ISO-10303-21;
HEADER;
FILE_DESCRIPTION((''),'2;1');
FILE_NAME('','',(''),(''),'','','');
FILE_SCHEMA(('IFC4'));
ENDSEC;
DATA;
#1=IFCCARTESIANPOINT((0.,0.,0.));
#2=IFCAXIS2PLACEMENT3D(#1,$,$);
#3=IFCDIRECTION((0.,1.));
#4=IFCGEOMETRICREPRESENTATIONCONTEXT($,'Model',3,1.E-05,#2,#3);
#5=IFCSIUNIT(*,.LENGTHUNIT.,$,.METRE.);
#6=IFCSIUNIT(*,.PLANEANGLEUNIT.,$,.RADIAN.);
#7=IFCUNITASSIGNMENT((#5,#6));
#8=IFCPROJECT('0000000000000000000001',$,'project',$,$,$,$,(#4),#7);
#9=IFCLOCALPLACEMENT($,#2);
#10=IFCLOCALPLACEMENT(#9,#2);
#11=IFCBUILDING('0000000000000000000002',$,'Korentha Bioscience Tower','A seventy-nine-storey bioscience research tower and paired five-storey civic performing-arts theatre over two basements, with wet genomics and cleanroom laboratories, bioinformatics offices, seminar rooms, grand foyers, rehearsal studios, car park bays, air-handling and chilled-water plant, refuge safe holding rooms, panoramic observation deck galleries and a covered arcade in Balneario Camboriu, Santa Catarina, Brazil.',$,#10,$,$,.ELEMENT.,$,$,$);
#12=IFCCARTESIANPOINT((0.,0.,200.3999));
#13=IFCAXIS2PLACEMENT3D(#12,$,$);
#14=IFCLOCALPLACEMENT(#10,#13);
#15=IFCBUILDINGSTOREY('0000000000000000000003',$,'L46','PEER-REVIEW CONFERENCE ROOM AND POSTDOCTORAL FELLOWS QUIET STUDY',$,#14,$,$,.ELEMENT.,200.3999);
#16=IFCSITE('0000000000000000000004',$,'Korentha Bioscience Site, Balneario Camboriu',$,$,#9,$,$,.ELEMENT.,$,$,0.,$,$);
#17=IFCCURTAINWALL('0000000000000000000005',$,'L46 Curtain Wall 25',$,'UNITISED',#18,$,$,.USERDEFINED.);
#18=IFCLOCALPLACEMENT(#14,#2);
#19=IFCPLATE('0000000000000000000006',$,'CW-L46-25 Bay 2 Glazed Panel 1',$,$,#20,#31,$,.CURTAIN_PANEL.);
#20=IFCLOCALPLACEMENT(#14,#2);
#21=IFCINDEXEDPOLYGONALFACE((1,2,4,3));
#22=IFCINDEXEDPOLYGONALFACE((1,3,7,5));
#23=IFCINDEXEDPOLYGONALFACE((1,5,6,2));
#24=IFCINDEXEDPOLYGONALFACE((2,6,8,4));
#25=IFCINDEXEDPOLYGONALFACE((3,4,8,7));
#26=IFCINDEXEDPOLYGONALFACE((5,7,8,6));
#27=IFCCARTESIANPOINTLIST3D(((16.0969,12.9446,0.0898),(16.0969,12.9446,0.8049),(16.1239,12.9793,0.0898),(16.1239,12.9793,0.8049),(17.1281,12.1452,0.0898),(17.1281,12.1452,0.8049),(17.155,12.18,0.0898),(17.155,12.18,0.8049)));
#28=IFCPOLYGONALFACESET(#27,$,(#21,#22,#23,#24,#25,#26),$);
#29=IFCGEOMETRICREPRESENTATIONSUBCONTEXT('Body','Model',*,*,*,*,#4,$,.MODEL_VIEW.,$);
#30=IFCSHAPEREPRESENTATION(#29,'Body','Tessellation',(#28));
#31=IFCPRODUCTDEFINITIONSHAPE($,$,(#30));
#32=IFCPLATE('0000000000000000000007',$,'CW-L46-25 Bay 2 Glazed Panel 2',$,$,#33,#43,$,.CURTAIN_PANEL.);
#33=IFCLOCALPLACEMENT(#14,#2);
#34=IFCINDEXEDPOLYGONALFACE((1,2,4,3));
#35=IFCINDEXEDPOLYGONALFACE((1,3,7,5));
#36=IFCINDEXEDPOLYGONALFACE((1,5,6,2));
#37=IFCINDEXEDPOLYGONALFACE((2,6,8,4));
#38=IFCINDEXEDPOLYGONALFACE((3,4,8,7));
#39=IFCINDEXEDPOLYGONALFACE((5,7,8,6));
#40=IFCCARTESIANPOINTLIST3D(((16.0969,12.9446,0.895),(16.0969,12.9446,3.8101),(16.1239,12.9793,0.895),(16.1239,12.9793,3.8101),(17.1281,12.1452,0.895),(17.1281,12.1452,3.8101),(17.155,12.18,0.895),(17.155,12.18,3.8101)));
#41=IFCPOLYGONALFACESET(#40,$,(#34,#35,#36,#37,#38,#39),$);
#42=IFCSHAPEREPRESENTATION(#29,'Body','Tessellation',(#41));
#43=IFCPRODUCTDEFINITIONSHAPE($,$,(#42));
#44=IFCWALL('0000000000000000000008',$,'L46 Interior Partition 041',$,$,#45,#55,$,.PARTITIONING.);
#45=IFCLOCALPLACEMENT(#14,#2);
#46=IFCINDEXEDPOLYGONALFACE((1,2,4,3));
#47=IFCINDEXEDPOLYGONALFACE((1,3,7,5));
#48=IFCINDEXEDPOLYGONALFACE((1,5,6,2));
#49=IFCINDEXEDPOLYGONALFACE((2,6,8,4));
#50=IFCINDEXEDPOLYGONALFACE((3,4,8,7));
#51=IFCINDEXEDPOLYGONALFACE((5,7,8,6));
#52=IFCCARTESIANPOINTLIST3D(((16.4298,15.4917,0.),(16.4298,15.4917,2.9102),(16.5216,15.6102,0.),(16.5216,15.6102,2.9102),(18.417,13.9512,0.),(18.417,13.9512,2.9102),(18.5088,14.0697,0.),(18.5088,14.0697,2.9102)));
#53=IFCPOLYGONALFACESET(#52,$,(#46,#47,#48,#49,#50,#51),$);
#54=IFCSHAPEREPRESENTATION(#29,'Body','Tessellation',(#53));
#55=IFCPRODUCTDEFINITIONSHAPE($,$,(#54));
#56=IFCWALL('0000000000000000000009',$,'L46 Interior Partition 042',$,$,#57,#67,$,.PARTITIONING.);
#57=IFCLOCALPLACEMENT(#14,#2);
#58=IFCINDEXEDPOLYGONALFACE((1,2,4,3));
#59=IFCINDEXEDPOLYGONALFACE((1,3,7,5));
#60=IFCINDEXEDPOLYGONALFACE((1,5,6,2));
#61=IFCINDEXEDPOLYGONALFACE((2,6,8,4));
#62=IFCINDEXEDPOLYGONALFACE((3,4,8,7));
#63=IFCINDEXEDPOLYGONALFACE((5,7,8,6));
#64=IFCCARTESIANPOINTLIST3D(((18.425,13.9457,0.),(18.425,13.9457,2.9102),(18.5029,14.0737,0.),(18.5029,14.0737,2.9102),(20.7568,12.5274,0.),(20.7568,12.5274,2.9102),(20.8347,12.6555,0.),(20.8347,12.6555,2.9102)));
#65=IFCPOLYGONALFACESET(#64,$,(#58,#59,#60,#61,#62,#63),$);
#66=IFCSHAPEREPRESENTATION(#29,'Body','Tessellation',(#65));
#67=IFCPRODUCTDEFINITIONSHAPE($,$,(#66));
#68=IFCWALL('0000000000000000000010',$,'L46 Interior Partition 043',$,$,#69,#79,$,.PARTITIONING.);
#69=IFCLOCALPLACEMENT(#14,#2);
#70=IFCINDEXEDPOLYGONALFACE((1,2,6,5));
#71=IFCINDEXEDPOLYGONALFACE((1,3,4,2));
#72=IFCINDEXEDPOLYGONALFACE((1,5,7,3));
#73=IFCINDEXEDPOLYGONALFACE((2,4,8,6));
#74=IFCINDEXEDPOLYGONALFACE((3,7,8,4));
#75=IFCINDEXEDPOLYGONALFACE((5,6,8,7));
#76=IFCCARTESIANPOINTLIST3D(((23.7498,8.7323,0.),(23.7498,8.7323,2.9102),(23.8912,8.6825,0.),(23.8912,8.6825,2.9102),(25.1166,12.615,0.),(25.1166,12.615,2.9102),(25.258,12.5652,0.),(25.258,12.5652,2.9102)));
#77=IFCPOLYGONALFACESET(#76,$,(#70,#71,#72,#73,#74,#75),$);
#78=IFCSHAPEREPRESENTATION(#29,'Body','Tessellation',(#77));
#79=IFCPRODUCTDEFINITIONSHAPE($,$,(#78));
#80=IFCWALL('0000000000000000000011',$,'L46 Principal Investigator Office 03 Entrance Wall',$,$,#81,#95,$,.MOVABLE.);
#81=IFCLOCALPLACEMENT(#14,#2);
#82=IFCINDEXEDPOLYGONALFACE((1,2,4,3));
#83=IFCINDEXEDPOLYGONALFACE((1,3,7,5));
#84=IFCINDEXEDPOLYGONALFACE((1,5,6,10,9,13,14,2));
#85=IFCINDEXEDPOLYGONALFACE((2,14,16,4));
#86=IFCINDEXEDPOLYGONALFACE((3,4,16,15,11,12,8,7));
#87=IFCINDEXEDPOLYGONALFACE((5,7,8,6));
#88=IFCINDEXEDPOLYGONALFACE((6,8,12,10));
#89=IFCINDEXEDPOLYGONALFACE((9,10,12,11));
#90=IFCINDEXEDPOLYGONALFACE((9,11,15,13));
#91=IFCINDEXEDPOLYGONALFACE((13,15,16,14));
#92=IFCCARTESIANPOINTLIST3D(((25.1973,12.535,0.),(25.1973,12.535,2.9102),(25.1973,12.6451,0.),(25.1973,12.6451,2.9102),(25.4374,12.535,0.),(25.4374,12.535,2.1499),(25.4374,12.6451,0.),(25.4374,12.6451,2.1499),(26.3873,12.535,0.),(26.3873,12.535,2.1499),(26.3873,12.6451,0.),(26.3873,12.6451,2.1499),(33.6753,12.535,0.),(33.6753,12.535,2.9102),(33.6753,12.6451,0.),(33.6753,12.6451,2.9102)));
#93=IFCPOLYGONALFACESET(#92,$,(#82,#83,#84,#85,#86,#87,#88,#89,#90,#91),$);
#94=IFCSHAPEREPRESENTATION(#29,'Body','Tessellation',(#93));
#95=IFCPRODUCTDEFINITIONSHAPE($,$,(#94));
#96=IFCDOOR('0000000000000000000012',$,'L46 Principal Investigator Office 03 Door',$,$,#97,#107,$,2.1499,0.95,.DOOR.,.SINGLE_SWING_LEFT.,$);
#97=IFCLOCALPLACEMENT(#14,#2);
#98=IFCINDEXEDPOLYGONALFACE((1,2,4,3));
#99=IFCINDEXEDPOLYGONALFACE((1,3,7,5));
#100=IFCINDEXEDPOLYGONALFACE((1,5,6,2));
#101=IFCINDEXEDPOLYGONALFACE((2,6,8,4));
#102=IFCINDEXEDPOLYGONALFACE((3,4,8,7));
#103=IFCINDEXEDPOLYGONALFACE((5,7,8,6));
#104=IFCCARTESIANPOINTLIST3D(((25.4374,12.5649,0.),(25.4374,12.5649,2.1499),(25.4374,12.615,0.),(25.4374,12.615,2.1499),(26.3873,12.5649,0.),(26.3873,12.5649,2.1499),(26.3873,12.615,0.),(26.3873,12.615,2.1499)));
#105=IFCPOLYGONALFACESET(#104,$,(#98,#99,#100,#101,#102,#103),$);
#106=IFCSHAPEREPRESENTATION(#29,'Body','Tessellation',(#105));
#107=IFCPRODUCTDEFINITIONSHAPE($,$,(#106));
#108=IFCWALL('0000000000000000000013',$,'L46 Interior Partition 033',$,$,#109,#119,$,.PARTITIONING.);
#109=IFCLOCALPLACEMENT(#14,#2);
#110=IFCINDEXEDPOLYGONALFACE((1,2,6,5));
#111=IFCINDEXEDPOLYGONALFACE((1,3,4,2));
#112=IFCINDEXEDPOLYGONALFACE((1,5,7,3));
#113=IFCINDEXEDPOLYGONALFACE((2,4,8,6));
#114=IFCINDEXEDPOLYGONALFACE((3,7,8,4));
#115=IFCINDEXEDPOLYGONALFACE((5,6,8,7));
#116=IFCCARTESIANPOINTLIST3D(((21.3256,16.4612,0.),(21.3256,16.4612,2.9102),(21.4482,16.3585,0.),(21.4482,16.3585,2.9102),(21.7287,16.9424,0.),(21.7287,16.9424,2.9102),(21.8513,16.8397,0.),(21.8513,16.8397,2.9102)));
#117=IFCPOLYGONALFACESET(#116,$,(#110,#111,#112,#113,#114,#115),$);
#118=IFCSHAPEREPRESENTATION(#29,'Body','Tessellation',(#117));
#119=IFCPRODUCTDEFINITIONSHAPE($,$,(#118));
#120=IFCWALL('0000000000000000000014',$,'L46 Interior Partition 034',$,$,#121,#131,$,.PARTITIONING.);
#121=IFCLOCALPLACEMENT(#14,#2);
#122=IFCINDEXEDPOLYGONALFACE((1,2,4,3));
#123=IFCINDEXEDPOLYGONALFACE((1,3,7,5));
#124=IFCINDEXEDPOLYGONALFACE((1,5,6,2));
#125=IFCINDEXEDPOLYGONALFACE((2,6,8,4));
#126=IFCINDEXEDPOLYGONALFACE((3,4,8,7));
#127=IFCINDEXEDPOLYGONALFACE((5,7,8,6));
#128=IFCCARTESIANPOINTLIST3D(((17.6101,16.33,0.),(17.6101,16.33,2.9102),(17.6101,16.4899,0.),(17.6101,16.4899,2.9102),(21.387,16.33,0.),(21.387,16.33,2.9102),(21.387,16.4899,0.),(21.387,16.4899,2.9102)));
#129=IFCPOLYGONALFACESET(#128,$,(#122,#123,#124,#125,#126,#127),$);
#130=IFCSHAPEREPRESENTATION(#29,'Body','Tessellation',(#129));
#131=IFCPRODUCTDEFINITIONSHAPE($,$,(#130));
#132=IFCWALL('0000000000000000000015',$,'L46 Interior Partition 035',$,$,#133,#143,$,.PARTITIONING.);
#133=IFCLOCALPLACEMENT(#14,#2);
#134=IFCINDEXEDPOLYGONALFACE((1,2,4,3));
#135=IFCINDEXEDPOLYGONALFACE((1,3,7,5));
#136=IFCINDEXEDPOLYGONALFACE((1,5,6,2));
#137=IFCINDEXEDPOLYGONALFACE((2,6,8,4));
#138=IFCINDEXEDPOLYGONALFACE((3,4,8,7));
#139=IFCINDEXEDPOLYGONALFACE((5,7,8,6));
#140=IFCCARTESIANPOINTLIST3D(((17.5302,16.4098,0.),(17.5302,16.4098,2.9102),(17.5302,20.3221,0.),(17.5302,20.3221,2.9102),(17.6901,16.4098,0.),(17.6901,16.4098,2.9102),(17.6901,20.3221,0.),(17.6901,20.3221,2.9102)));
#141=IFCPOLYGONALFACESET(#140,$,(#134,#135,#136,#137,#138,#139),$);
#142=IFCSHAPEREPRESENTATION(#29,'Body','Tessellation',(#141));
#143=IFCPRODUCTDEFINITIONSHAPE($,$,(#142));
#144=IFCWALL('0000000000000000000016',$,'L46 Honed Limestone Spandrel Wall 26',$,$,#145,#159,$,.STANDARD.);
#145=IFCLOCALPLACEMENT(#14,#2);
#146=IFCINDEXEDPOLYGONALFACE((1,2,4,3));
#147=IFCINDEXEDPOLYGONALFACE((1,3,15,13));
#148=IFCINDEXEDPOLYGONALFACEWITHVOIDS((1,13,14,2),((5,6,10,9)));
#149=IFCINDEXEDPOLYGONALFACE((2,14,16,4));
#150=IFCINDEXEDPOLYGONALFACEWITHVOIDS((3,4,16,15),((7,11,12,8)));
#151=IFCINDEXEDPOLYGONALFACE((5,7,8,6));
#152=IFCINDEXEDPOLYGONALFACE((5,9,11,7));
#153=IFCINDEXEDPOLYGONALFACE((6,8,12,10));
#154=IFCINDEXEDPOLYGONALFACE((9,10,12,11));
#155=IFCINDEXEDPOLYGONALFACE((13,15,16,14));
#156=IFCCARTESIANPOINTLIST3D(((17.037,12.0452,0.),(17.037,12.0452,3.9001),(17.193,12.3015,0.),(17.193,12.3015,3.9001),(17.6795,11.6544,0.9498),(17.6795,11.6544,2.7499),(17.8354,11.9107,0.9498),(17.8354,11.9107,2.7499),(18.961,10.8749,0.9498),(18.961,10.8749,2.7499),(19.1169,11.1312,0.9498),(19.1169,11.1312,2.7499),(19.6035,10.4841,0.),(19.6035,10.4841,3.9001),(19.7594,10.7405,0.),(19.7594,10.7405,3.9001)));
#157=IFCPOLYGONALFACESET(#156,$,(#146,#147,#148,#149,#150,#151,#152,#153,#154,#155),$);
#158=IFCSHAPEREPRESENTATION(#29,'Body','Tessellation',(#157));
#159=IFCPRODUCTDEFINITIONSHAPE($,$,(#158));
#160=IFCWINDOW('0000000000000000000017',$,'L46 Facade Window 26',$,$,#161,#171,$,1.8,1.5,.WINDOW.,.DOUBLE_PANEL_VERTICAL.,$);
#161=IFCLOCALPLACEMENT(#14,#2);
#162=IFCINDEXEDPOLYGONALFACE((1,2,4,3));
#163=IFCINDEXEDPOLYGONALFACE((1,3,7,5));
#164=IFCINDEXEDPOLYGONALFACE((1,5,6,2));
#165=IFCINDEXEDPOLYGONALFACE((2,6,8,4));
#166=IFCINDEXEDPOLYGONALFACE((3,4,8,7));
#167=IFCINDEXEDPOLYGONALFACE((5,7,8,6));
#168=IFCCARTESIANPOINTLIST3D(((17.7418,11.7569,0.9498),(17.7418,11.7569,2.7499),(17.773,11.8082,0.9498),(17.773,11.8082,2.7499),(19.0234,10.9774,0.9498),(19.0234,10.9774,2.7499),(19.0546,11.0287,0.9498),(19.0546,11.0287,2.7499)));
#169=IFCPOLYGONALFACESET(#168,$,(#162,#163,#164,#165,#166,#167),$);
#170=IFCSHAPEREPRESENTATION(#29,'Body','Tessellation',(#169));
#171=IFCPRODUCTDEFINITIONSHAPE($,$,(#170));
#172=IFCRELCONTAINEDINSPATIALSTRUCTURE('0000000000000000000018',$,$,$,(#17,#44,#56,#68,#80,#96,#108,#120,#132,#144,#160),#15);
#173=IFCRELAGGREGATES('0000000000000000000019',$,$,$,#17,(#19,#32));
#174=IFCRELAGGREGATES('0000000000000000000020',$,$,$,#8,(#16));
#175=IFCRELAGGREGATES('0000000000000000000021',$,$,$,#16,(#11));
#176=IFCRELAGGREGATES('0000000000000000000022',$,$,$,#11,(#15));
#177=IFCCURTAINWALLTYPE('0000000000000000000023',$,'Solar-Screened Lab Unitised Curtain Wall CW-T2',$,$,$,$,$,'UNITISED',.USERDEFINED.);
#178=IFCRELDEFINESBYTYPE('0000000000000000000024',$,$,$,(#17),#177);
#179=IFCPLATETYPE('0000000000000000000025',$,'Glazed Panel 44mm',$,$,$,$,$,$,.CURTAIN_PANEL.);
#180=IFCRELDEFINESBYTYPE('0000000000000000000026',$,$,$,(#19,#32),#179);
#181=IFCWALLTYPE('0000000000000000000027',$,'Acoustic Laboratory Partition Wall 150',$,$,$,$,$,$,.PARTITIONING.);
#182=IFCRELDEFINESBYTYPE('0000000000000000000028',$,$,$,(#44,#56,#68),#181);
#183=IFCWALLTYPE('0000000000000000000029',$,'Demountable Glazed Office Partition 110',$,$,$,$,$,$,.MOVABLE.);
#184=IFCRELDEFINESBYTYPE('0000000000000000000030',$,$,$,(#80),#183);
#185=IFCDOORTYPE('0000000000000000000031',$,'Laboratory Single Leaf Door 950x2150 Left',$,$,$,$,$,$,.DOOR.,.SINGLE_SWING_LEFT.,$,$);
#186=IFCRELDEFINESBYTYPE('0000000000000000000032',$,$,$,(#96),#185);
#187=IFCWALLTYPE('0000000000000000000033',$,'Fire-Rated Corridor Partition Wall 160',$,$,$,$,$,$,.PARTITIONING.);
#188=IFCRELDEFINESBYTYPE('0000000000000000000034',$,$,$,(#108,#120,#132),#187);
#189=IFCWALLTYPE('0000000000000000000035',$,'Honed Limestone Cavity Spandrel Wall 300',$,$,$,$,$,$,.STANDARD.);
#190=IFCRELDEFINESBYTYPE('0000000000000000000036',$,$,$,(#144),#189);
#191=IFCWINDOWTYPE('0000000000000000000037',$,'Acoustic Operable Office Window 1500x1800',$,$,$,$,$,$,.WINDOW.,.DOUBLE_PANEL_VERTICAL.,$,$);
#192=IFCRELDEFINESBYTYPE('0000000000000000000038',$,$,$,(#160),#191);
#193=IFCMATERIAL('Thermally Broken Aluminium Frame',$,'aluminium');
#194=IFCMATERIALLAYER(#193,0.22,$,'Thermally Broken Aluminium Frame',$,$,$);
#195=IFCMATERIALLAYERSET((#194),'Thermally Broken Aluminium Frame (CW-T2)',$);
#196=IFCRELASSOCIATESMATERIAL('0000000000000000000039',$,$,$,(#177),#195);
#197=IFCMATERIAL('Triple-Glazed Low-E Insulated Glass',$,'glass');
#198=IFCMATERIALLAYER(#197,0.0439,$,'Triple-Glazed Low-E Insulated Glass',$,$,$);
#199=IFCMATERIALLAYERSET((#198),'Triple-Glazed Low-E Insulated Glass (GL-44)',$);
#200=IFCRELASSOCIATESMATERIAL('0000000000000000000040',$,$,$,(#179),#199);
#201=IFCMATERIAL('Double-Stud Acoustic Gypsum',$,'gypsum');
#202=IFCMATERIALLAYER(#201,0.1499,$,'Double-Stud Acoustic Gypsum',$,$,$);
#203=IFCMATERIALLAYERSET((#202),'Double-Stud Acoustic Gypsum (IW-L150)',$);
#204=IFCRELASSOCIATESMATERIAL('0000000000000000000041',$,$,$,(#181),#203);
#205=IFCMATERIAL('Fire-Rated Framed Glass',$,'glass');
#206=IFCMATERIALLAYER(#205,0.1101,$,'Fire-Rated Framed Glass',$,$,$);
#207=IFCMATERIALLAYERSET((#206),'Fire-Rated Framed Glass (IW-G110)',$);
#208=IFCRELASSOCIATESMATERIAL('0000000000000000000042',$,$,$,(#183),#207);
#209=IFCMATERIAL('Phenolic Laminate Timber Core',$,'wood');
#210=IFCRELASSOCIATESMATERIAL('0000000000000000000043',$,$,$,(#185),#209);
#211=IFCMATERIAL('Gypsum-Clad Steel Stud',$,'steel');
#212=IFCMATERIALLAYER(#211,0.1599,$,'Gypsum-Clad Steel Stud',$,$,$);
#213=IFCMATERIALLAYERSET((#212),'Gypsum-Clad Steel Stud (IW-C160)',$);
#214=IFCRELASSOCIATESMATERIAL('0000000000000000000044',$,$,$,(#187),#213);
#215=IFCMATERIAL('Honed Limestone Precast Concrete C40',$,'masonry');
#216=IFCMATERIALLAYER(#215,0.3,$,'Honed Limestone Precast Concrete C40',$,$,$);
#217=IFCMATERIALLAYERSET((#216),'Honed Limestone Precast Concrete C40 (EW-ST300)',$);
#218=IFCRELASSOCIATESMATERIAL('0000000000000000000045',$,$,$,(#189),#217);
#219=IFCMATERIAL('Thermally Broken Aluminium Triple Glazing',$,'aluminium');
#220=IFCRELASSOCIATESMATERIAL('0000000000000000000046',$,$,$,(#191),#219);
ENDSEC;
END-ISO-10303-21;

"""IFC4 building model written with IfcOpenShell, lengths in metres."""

from ifc_helpers import new_model, si_unit, direction, frame, frame_2d, origin, origin_2d, place, context, subcontext, project, spatial, rectangle, extrude, material, layer, layer_set, type_object, element, fill, aggregate, save


model = new_model("IFC4")

# Units and contexts
model_context = context("Model", 3, precision=1e-05, world=origin(), true_north=direction((0.0, 1.0)))
body_context = subcontext(model_context, "Body", "Model", "MODEL_VIEW")
ifc_project = project(units=[si_unit("LENGTHUNIT", "METRE"), si_unit("PLANEANGLEUNIT", "RADIAN")], contexts=[model_context])

# Site, building, storey
site_placement = place(None, origin())
site = spatial("IfcSite", under=ifc_project, at=site_placement, Name="Korentha Bioscience Site, Balneario Camboriu", CompositionType="ELEMENT", RefElevation=0.0)
building_placement = place(site_placement, origin())
building = spatial("IfcBuilding", under=site, at=building_placement, Name="Korentha Bioscience Tower", Description="A seventy-nine-storey bioscience research tower and paired five-storey civic performing-arts theatre over two basements, with wet genomics and cleanroom laboratories, bioinformatics offices, seminar rooms, grand foyers, rehearsal studios, car park bays, air-handling and chilled-water plant, refuge safe holding rooms, panoramic observation deck galleries and a covered arcade in Balneario Camboriu, Santa Catarina, Brazil.", CompositionType="ELEMENT")
storey_placement = place(building_placement, frame((0.0, 0.0, 200.3999)))
storey = spatial("IfcBuildingStorey", under=building, at=storey_placement, Name="L46", Description="PEER-REVIEW CONFERENCE ROOM AND POSTDOCTORAL FELLOWS QUIET STUDY", CompositionType="ELEMENT", Elevation=200.3999)

# Curtain wall
ifc_material_1 = material(Name="Thermally Broken Aluminium Frame", Category="aluminium")
ifc_layer_1 = layer(ifc_material_1, 0.22, Name="Thermally Broken Aluminium Frame")
ifc_layer_set_1 = layer_set([ifc_layer_1], Name="Thermally Broken Aluminium Frame (CW-T2)")
curtain_wall_type = type_object("IfcCurtainWallType", Name="Solar-Screened Lab Unitised Curtain Wall CW-T2", ElementType="UNITISED", PredefinedType="USERDEFINED", material=ifc_layer_set_1)
curtain_wall_placement = place(storey_placement, origin())
curtain_wall = element("IfcCurtainWall", 1, at=curtain_wall_placement, inside=storey, type_object=curtain_wall_type, Name="L46 Curtain Wall 25", ObjectType="UNITISED", PredefinedType="USERDEFINED")

# Plates
ifc_material_2 = material(Name="Triple-Glazed Low-E Insulated Glass", Category="glass")
ifc_layer_2 = layer(ifc_material_2, 0.0439, Name="Triple-Glazed Low-E Insulated Glass")
ifc_layer_set_2 = layer_set([ifc_layer_2], Name="Triple-Glazed Low-E Insulated Glass (GL-44)")
plate_type = type_object("IfcPlateType", Name="Glazed Panel 44mm", PredefinedType="CURTAIN_PANEL", material=ifc_layer_set_2)
plate_1_placement = place(storey_placement, frame((16.626, 12.5623, 0.0898), z_axis=(0.0, 0.0, 1.0), x_axis=(0.790346, -0.612661, 0.0)))
plate_1 = element("IfcPlate", 2, at=plate_1_placement, type_object=plate_type, Name="CW-L46-25 Bay 2 Glazed Panel 1", PredefinedType="CURTAIN_PANEL", context=body_context, shape_type="SweptSolid", body=[
    extrude(rectangle(XDim=1.3047, YDim=0.0439, at=origin_2d()), origin(), (0.0, 0.0, 1.0), 0.7151),
])
plate_2_placement = place(storey_placement, frame((16.626, 12.5623, 0.895), z_axis=(0.0, 0.0, 1.0), x_axis=(0.790346, -0.612661, 0.0)))
plate_2 = element("IfcPlate", 3, at=plate_2_placement, type_object=plate_type, Name="CW-L46-25 Bay 2 Glazed Panel 2", PredefinedType="CURTAIN_PANEL", context=body_context, shape_type="SweptSolid", body=[
    extrude(rectangle(XDim=1.3047, YDim=0.0439, at=origin_2d()), origin(), (0.0, 0.0, 1.0), 2.915),
])
aggregate(curtain_wall, [plate_1, plate_2])

# Shared definitions
ifc_material_3 = material(Name="Double-Stud Acoustic Gypsum", Category="gypsum")
ifc_layer_3 = layer(ifc_material_3, 0.1499, Name="Double-Stud Acoustic Gypsum")
ifc_layer_set_3 = layer_set([ifc_layer_3], Name="Double-Stud Acoustic Gypsum (IW-L150)")
wall_type_1 = type_object("IfcWallType", Name="Acoustic Laboratory Partition Wall 150", PredefinedType="PARTITIONING", material=ifc_layer_set_3)
ifc_material_4 = material(Name="Phenolic Laminate Timber Core", Category="wood")

# Walls
wall_1_placement = place(storey_placement, frame((16.4756, 15.551, 0.0), z_axis=(0.0, 0.0, 1.0), x_axis=(0.790345, -0.612663, 0.0)))
element("IfcWall", 4, at=wall_1_placement, inside=storey, type_object=wall_type_1, Name="L46 Interior Partition 041", PredefinedType="PARTITIONING", context=body_context, shape_type="SweptSolid", body=[
    extrude(rectangle(XDim=2.5144, YDim=0.1499, at=frame_2d((1.2573, 0.0))), origin(), (0.0, 0.0, 1.0), 2.9102),
])
wall_2_placement = place(storey_placement, frame((18.4639, 14.0098, 0.0), z_axis=(0.0, 0.0, 1.0), x_axis=(0.854383, -0.519643, 0.0)))
element("IfcWall", 5, at=wall_2_placement, inside=storey, type_object=wall_type_1, Name="L46 Interior Partition 042", PredefinedType="PARTITIONING", context=body_context, shape_type="SweptSolid", body=[
    extrude(rectangle(XDim=2.7292, YDim=0.1499, at=frame_2d((1.3647, 0.0))), origin(), (0.0, 0.0, 1.0), 2.9102),
])
wall_3_placement = place(storey_placement, frame((25.1873, 12.5901, 0.0), z_axis=(0.0, 0.0, 1.0), x_axis=(-0.332038, -0.943266, 0.0)))
element("IfcWall", 6, at=wall_3_placement, inside=storey, type_object=wall_type_1, Name="L46 Interior Partition 043", PredefinedType="PARTITIONING", context=body_context, shape_type="SweptSolid", body=[
    extrude(rectangle(XDim=4.1162, YDim=0.1499, at=frame_2d((2.0581, 0.0))), origin(), (0.0, 0.0, 1.0), 2.9102),
])

# Wall, opening, door
ifc_material_5 = material(Name="Fire-Rated Framed Glass", Category="glass")
ifc_layer_4 = layer(ifc_material_5, 0.1101, Name="Fire-Rated Framed Glass")
ifc_layer_set_4 = layer_set([ifc_layer_4], Name="Fire-Rated Framed Glass (IW-G110)")
wall_type_2 = type_object("IfcWallType", Name="Demountable Glazed Office Partition 110", PredefinedType="MOVABLE", material=ifc_layer_set_4)
wall_4_placement = place(storey_placement, frame((25.1973, 12.5901, 0.0), z_axis=(0.0, 0.0, 1.0), x_axis=(1.0, 0.0, 0.0)))
wall_4 = element("IfcWall", 7, at=wall_4_placement, inside=storey, type_object=wall_type_2, Name="L46 Principal Investigator Office 03 Entrance Wall", PredefinedType="MOVABLE", context=body_context, shape_type="SweptSolid", body=[
    extrude(rectangle(XDim=8.478, YDim=0.1101, at=frame_2d((4.239, 0.0))), origin(), (0.0, 0.0, 1.0), 2.9102),
])
opening_1_placement = place(wall_4_placement, frame((0.24, 0.0, 0.0)))
opening_1 = element("IfcOpeningElement", 8, at=opening_1_placement, cuts=wall_4, PredefinedType="OPENING", context=body_context, shape_type="SweptSolid", body=[
    extrude(rectangle(XDim=0.95, YDim=2.1499, at=frame_2d((0.4751, 1.075))), frame((0.0, 0.0698, 0.0), z_axis=(0.0, -1.0, 0.0), x_axis=(1.0, 0.0, 0.0)), (0.0, 0.0, 1.0), 0.1399),
])
door_type_1 = type_object("IfcDoorType", Name="Laboratory Single Leaf Door 950x2150 Left", OperationType="SINGLE_SWING_LEFT", PredefinedType="DOOR", material=ifc_material_4)
door_1_placement = place(opening_1_placement, origin())
door_1 = element("IfcDoor", 9, at=door_1_placement, inside=storey, type_object=door_type_1, Name="L46 Principal Investigator Office 03 Door", OperationType="SINGLE_SWING_LEFT", OverallHeight=2.1499, OverallWidth=0.95, PredefinedType="DOOR", context=body_context, shape_type="SweptSolid", body=[
    extrude(rectangle(XDim=0.95, YDim=2.1499, at=frame_2d((0.4751, 1.075))), frame((0.0, 0.0249, 0.0), z_axis=(0.0, -1.0, 0.0), x_axis=(1.0, 0.0, 0.0)), (0.0, 0.0, 1.0), 0.05),
])
fill(opening_1, door_1)

# Walls
ifc_material_6 = material(Name="Gypsum-Clad Steel Stud", Category="steel")
ifc_layer_5 = layer(ifc_material_6, 0.1599, Name="Gypsum-Clad Steel Stud")
ifc_layer_set_5 = layer_set([ifc_layer_5], Name="Gypsum-Clad Steel Stud (IW-C160)")
wall_type_3 = type_object("IfcWallType", Name="Fire-Rated Corridor Partition Wall 160", PredefinedType="PARTITIONING", material=ifc_layer_set_5)
wall_5_placement = place(storey_placement, frame((21.79, 16.8911, 0.0), z_axis=(0.0, 0.0, 1.0), x_axis=(-0.642133, -0.766593, 0.0)))
element("IfcWall", 10, at=wall_5_placement, inside=storey, type_object=wall_type_3, Name="L46 Interior Partition 033", PredefinedType="PARTITIONING", context=body_context, shape_type="SweptSolid", body=[
    extrude(rectangle(XDim=0.6277, YDim=0.1599, at=frame_2d((0.314, 0.0))), origin(), (0.0, 0.0, 1.0), 2.9102),
])
wall_6_placement = place(storey_placement, frame((21.387, 16.4099, 0.0), z_axis=(0.0, 0.0, 1.0), x_axis=(-1.0, 0.0, 0.0)))
element("IfcWall", 11, at=wall_6_placement, inside=storey, type_object=wall_type_3, Name="L46 Interior Partition 034", PredefinedType="PARTITIONING", context=body_context, shape_type="SweptSolid", body=[
    extrude(rectangle(XDim=3.7769, YDim=0.1599, at=frame_2d((1.8884, 0.0))), origin(), (0.0, 0.0, 1.0), 2.9102),
])
wall_7_placement = place(storey_placement, frame((17.6101, 16.4099, 0.0), z_axis=(0.0, 0.0, 1.0), x_axis=(0.0, 1.0, 0.0)))
element("IfcWall", 12, at=wall_7_placement, inside=storey, type_object=wall_type_3, Name="L46 Interior Partition 035", PredefinedType="PARTITIONING", context=body_context, shape_type="SweptSolid", body=[
    extrude(rectangle(XDim=3.9124, YDim=0.1599, at=frame_2d((1.9561, 0.0))), origin(), (0.0, 0.0, 1.0), 2.9102),
])

# Wall, opening, window
ifc_material_7 = material(Name="Honed Limestone Precast Concrete C40", Category="masonry")
ifc_layer_6 = layer(ifc_material_7, 0.3, Name="Honed Limestone Precast Concrete C40")
ifc_layer_set_6 = layer_set([ifc_layer_6], Name="Honed Limestone Precast Concrete C40 (EW-ST300)")
wall_type_4 = type_object("IfcWallType", Name="Honed Limestone Cavity Spandrel Wall 300", PredefinedType="STANDARD", material=ifc_layer_set_6)
wall_8_placement = place(storey_placement, frame((17.115, 12.1733, 0.0), z_axis=(0.0, 0.0, 1.0), x_axis=(0.854365, -0.519674, 0.0)))
wall_8 = element("IfcWall", 13, at=wall_8_placement, inside=storey, type_object=wall_type_4, Name="L46 Honed Limestone Spandrel Wall 26", PredefinedType="STANDARD", context=body_context, shape_type="SweptSolid", body=[
    extrude(rectangle(XDim=3.0039, YDim=0.3, at=frame_2d((1.502, 0.0))), origin(), (0.0, 0.0, 1.0), 3.9001),
])
opening_2_placement = place(wall_8_placement, frame((0.752, 0.0, 0.95)))
opening_2 = element("IfcOpeningElement", 14, at=opening_2_placement, cuts=wall_8, PredefinedType="OPENING", context=body_context, shape_type="SweptSolid", body=[
    extrude(rectangle(XDim=1.5, YDim=1.8, at=frame_2d((0.75, 0.8999))), frame((0.0, 0.165, 0.0), z_axis=(0.0, -1.0, 0.0), x_axis=(1.0, 0.0, 0.0)), (0.0, 0.0, 1.0), 0.3298),
])
ifc_material_8 = material(Name="Thermally Broken Aluminium Triple Glazing", Category="aluminium")
window_type = type_object("IfcWindowType", Name="Acoustic Operable Office Window 1500x1800", PartitioningType="DOUBLE_PANEL_VERTICAL", PredefinedType="WINDOW", material=ifc_material_8)
window_1_placement = place(opening_2_placement, origin())
window_1 = element("IfcWindow", 15, at=window_1_placement, inside=storey, type_object=window_type, Name="L46 Facade Window 26", OverallHeight=1.8, OverallWidth=1.5, PartitioningType="DOUBLE_PANEL_VERTICAL", PredefinedType="WINDOW", context=body_context, shape_type="SweptSolid", body=[
    extrude(rectangle(XDim=1.5, YDim=1.8, at=frame_2d((0.75, 0.8999))), frame((0.0, 0.03, 0.0), z_axis=(0.0, -1.0, 0.0), x_axis=(1.0, 0.0, 0.0)), (0.0, 0.0, 1.0), 0.0601),
])
fill(opening_2, window_1)

save(model, "model.ifc")
